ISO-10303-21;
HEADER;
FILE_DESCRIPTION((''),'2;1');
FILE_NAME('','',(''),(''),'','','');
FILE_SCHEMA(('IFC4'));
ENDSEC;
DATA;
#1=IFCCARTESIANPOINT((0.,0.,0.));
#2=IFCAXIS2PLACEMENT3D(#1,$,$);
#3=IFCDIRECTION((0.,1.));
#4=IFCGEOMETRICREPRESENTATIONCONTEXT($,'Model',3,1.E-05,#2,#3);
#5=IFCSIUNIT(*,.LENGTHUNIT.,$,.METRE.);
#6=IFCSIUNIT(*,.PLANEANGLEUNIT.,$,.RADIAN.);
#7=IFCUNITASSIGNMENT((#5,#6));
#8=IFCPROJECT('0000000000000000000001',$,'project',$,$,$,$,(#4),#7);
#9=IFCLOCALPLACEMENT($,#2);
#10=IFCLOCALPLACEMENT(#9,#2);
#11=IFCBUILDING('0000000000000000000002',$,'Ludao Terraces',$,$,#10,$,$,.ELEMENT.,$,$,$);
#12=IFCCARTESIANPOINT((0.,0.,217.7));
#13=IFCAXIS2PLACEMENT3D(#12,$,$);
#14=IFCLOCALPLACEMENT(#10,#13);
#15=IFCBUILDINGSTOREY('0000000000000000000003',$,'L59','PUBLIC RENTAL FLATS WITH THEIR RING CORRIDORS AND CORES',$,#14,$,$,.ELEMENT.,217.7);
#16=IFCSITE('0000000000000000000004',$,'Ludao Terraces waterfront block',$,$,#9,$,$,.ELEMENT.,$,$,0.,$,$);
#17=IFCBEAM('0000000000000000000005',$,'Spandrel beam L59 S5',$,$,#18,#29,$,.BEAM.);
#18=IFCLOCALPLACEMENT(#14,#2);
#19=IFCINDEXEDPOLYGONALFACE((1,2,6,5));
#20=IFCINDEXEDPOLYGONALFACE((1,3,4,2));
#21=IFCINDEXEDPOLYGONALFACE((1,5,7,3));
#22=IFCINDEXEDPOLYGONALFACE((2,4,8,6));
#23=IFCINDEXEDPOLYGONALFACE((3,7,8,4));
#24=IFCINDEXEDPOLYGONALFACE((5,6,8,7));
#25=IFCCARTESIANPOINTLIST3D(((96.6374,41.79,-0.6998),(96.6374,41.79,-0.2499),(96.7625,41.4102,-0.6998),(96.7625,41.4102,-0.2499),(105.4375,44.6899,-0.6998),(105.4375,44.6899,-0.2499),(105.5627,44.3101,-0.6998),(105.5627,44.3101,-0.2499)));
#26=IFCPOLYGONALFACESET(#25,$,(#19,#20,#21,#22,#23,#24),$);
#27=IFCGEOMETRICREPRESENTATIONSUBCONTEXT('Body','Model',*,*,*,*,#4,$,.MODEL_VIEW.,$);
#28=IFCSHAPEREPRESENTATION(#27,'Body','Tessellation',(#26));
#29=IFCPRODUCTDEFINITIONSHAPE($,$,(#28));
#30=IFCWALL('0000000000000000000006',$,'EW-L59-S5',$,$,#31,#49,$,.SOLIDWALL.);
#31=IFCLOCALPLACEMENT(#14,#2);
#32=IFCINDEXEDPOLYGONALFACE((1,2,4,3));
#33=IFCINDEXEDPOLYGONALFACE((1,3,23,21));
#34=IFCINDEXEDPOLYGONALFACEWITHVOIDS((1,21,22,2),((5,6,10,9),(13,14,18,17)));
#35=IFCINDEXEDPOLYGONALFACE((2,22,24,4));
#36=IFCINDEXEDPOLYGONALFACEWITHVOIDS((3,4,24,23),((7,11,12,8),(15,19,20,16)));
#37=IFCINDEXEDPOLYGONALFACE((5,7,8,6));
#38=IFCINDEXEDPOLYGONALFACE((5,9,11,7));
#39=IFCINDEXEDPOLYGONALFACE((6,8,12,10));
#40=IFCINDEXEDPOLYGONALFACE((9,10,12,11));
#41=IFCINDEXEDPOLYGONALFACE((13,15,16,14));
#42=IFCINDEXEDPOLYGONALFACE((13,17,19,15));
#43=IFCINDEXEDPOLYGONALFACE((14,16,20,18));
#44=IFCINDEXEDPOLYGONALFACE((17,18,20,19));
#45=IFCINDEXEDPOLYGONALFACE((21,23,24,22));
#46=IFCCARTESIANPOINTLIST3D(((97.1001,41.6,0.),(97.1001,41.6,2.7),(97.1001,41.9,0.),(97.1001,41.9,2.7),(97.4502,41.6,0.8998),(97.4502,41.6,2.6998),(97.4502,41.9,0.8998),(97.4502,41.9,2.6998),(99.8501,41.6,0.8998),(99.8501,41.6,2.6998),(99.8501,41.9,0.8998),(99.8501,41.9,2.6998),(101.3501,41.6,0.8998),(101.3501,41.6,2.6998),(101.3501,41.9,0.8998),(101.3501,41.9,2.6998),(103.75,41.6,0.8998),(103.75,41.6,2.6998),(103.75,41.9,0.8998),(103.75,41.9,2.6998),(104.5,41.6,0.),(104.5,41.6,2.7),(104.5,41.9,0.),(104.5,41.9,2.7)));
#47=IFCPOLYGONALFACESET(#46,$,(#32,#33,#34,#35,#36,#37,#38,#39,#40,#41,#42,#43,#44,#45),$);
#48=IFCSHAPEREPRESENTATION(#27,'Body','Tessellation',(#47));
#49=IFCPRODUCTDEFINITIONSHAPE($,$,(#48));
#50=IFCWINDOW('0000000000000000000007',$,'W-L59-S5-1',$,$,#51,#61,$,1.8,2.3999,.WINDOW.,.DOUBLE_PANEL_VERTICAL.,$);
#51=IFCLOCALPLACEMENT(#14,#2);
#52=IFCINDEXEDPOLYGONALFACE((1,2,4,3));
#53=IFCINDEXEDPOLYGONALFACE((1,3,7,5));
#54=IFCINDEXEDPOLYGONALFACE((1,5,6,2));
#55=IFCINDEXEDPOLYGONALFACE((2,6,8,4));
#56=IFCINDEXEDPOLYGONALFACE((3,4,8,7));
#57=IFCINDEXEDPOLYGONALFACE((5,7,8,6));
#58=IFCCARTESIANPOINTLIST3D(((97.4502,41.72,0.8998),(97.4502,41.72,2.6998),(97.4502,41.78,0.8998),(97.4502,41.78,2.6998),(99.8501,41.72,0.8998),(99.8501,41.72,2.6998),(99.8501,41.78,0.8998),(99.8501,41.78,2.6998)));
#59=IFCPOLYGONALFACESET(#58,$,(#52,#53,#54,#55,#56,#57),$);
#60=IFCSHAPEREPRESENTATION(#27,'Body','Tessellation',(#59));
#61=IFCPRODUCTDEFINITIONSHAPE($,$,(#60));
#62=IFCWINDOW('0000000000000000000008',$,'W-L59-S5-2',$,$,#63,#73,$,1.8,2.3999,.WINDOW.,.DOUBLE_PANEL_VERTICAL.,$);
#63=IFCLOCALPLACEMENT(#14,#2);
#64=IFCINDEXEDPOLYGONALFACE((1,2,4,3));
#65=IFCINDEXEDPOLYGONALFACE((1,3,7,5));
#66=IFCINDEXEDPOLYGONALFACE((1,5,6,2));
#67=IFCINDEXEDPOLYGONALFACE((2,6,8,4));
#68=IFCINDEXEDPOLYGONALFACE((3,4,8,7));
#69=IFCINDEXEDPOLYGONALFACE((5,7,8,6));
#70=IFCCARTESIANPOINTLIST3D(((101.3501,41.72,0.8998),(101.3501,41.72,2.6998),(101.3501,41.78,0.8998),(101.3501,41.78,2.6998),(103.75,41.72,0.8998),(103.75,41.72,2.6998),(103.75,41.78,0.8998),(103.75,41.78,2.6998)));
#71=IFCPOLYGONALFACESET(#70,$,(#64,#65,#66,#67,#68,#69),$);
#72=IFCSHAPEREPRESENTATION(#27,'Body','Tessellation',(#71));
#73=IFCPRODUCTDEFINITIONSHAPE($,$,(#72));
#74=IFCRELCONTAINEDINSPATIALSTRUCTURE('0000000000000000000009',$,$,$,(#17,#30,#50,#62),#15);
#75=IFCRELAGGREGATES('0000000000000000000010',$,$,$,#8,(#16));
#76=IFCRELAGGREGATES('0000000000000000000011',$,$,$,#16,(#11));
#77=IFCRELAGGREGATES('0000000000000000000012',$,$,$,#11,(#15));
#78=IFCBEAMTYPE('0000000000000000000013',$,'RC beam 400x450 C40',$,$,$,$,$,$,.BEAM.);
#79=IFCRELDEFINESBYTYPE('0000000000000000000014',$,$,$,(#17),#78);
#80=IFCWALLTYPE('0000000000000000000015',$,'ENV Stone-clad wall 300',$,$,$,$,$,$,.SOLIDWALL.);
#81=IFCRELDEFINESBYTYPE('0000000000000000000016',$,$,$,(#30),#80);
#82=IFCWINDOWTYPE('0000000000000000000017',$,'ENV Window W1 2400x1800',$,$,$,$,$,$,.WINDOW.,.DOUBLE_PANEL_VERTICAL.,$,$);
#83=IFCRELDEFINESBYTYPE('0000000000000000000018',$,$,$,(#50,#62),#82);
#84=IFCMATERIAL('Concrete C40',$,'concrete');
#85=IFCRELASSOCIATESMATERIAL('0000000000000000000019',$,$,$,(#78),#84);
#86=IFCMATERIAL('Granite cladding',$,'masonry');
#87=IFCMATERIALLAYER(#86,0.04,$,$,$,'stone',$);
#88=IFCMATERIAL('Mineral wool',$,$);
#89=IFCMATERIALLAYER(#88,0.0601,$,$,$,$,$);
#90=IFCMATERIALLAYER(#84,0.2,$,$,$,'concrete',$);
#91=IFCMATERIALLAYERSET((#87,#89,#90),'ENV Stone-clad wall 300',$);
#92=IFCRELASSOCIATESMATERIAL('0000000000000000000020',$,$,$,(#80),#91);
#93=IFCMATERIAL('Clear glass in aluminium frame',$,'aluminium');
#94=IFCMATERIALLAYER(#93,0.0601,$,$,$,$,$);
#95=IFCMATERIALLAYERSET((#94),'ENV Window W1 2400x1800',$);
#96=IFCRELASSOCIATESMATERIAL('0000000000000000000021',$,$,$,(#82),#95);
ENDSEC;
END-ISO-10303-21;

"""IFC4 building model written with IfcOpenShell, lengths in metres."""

from ifc_helpers import new_model, si_unit, direction, frame, frame_2d, origin, origin_2d, place, context, subcontext, project, spatial, rectangle, extrude, material, layer, layer_set, material_profile, profile_set, type_object, element, fill, save


model = new_model("IFC4")

# Units and contexts
model_context = context("Model", 3, precision=1e-05, world=origin(), true_north=direction((0.0, 1.0)))
body_context = subcontext(model_context, "Body", "Model", "MODEL_VIEW")
ifc_project = project(units=[si_unit("LENGTHUNIT", "METRE"), si_unit("PLANEANGLEUNIT", "RADIAN")], contexts=[model_context])

# Site, building, storey
site_placement = place(None, origin())
site = spatial("IfcSite", under=ifc_project, at=site_placement, Name="Ludao Terraces waterfront block", CompositionType="ELEMENT", RefElevation=0.0)
building_placement = place(site_placement, origin())
building = spatial("IfcBuilding", under=site, at=building_placement, Name="Ludao Terraces", CompositionType="ELEMENT")
storey_placement = place(building_placement, frame((0.0, 0.0, 217.7)))
storey = spatial("IfcBuildingStorey", under=building, at=storey_placement, Name="L59", Description="PUBLIC RENTAL FLATS WITH THEIR RING CORRIDORS AND CORES", CompositionType="ELEMENT", Elevation=217.7)

# Beam
ifc_material_1 = material(Name="Concrete C40", Category="concrete")
ifc_material_profile = material_profile(ifc_material_1, rectangle(XDim=0.3999, YDim=0.45, at=origin_2d()), Name="400 X 450")
ifc_profile_set = profile_set([ifc_material_profile], Name="Concrete C40")
beam_type = type_object("IfcBeamType", Name="RC beam 400x450 C40", PredefinedType="BEAM", material=ifc_profile_set)
beam_placement = place(storey_placement, frame((96.7, 41.6001, -0.4749), z_axis=(0.949761, 0.312977, 0.0), x_axis=(-0.312977, 0.949761, 0.0)))
element("IfcBeam", 1, at=beam_placement, inside=storey, type_object=beam_type, Name="Spandrel beam L59 S5", PredefinedType="BEAM", context=body_context, shape_type="SweptSolid", body=[
    extrude(rectangle(XDim=0.3999, YDim=0.45, at=origin_2d()), origin(), (0.0, 0.0, 1.0), 9.2656),
])

# Wall, openings, windows
ifc_material_2 = material(Name="Granite cladding", Category="masonry")
ifc_layer_1 = layer(ifc_material_2, 0.04, Category="stone")
ifc_material_3 = material(Name="Mineral wool")
ifc_layer_2 = layer(ifc_material_3, 0.0601)
ifc_layer_3 = layer(ifc_material_1, 0.2, Category="concrete")
ifc_layer_set_1 = layer_set([ifc_layer_1, ifc_layer_2, ifc_layer_3], Name="ENV Stone-clad wall 300")
wall_type = type_object("IfcWallType", Name="ENV Stone-clad wall 300", PredefinedType="SOLIDWALL", material=ifc_layer_set_1)
wall_placement = place(storey_placement, frame((97.1001, 41.75, 0.0), z_axis=(0.0, 0.0, 1.0), x_axis=(1.0, 0.0, 0.0)))
wall = element("IfcWall", 2, at=wall_placement, inside=storey, type_object=wall_type, Name="EW-L59-S5", PredefinedType="SOLIDWALL", context=body_context, shape_type="SweptSolid", body=[
    extrude(rectangle(XDim=7.3999, YDim=0.3, at=frame_2d((3.7, 0.0))), origin(), (0.0, 0.0, 1.0), 2.7),
])
opening_1_placement = place(wall_placement, frame((0.3501, 0.0, 0.8999)))
opening_1 = element("IfcOpeningElement", 3, at=opening_1_placement, cuts=wall, PredefinedType="OPENING", context=body_context, shape_type="SweptSolid", body=[
    extrude(rectangle(XDim=2.3999, YDim=1.8, at=frame_2d((1.2, 0.8999))), frame((0.0, 0.1602, 0.0), z_axis=(0.0, -1.0, 0.0), x_axis=(1.0, 0.0, 0.0)), (0.0, 0.0, 1.0), 0.3201),
])
opening_2_placement = place(wall_placement, frame((4.25, 0.0, 0.8999)))
opening_2 = element("IfcOpeningElement", 4, at=opening_2_placement, cuts=wall, PredefinedType="OPENING", context=body_context, shape_type="SweptSolid", body=[
    extrude(rectangle(XDim=2.3999, YDim=1.8, at=frame_2d((1.2, 0.8999))), frame((0.0, 0.1602, 0.0), z_axis=(0.0, -1.0, 0.0), x_axis=(1.0, 0.0, 0.0)), (0.0, 0.0, 1.0), 0.3201),
])
ifc_material_4 = material(Name="Clear glass in aluminium frame", Category="aluminium")
ifc_layer_4 = layer(ifc_material_4, 0.0601)
ifc_layer_set_2 = layer_set([ifc_layer_4], Name="ENV Window W1 2400x1800")
window_type = type_object("IfcWindowType", Name="ENV Window W1 2400x1800", PartitioningType="DOUBLE_PANEL_VERTICAL", PredefinedType="WINDOW", material=ifc_layer_set_2)
window_1_placement = place(opening_1_placement, origin())
window_1 = element("IfcWindow", 5, at=window_1_placement, inside=storey, type_object=window_type, Name="W-L59-S5-1", OverallHeight=1.8, OverallWidth=2.3999, PartitioningType="DOUBLE_PANEL_VERTICAL", PredefinedType="WINDOW", context=body_context, shape_type="SweptSolid", body=[
    extrude(rectangle(XDim=2.3999, YDim=1.8, at=frame_2d((1.2, 0.8999))), frame((0.0, 0.03, 0.0), z_axis=(0.0, -1.0, 0.0), x_axis=(1.0, 0.0, 0.0)), (0.0, 0.0, 1.0), 0.0601),
])
fill(opening_1, window_1)
window_2_placement = place(opening_2_placement, origin())
window_2 = element("IfcWindow", 6, at=window_2_placement, inside=storey, type_object=window_type, Name="W-L59-S5-2", OverallHeight=1.8, OverallWidth=2.3999, PartitioningType="DOUBLE_PANEL_VERTICAL", PredefinedType="WINDOW", context=body_context, shape_type="SweptSolid", body=[
    extrude(rectangle(XDim=2.3999, YDim=1.8, at=frame_2d((1.2, 0.8999))), frame((0.0, 0.03, 0.0), z_axis=(0.0, -1.0, 0.0), x_axis=(1.0, 0.0, 0.0)), (0.0, 0.0, 1.0), 0.0601),
])
fill(opening_2, window_2)

save(model, "model.ifc")
